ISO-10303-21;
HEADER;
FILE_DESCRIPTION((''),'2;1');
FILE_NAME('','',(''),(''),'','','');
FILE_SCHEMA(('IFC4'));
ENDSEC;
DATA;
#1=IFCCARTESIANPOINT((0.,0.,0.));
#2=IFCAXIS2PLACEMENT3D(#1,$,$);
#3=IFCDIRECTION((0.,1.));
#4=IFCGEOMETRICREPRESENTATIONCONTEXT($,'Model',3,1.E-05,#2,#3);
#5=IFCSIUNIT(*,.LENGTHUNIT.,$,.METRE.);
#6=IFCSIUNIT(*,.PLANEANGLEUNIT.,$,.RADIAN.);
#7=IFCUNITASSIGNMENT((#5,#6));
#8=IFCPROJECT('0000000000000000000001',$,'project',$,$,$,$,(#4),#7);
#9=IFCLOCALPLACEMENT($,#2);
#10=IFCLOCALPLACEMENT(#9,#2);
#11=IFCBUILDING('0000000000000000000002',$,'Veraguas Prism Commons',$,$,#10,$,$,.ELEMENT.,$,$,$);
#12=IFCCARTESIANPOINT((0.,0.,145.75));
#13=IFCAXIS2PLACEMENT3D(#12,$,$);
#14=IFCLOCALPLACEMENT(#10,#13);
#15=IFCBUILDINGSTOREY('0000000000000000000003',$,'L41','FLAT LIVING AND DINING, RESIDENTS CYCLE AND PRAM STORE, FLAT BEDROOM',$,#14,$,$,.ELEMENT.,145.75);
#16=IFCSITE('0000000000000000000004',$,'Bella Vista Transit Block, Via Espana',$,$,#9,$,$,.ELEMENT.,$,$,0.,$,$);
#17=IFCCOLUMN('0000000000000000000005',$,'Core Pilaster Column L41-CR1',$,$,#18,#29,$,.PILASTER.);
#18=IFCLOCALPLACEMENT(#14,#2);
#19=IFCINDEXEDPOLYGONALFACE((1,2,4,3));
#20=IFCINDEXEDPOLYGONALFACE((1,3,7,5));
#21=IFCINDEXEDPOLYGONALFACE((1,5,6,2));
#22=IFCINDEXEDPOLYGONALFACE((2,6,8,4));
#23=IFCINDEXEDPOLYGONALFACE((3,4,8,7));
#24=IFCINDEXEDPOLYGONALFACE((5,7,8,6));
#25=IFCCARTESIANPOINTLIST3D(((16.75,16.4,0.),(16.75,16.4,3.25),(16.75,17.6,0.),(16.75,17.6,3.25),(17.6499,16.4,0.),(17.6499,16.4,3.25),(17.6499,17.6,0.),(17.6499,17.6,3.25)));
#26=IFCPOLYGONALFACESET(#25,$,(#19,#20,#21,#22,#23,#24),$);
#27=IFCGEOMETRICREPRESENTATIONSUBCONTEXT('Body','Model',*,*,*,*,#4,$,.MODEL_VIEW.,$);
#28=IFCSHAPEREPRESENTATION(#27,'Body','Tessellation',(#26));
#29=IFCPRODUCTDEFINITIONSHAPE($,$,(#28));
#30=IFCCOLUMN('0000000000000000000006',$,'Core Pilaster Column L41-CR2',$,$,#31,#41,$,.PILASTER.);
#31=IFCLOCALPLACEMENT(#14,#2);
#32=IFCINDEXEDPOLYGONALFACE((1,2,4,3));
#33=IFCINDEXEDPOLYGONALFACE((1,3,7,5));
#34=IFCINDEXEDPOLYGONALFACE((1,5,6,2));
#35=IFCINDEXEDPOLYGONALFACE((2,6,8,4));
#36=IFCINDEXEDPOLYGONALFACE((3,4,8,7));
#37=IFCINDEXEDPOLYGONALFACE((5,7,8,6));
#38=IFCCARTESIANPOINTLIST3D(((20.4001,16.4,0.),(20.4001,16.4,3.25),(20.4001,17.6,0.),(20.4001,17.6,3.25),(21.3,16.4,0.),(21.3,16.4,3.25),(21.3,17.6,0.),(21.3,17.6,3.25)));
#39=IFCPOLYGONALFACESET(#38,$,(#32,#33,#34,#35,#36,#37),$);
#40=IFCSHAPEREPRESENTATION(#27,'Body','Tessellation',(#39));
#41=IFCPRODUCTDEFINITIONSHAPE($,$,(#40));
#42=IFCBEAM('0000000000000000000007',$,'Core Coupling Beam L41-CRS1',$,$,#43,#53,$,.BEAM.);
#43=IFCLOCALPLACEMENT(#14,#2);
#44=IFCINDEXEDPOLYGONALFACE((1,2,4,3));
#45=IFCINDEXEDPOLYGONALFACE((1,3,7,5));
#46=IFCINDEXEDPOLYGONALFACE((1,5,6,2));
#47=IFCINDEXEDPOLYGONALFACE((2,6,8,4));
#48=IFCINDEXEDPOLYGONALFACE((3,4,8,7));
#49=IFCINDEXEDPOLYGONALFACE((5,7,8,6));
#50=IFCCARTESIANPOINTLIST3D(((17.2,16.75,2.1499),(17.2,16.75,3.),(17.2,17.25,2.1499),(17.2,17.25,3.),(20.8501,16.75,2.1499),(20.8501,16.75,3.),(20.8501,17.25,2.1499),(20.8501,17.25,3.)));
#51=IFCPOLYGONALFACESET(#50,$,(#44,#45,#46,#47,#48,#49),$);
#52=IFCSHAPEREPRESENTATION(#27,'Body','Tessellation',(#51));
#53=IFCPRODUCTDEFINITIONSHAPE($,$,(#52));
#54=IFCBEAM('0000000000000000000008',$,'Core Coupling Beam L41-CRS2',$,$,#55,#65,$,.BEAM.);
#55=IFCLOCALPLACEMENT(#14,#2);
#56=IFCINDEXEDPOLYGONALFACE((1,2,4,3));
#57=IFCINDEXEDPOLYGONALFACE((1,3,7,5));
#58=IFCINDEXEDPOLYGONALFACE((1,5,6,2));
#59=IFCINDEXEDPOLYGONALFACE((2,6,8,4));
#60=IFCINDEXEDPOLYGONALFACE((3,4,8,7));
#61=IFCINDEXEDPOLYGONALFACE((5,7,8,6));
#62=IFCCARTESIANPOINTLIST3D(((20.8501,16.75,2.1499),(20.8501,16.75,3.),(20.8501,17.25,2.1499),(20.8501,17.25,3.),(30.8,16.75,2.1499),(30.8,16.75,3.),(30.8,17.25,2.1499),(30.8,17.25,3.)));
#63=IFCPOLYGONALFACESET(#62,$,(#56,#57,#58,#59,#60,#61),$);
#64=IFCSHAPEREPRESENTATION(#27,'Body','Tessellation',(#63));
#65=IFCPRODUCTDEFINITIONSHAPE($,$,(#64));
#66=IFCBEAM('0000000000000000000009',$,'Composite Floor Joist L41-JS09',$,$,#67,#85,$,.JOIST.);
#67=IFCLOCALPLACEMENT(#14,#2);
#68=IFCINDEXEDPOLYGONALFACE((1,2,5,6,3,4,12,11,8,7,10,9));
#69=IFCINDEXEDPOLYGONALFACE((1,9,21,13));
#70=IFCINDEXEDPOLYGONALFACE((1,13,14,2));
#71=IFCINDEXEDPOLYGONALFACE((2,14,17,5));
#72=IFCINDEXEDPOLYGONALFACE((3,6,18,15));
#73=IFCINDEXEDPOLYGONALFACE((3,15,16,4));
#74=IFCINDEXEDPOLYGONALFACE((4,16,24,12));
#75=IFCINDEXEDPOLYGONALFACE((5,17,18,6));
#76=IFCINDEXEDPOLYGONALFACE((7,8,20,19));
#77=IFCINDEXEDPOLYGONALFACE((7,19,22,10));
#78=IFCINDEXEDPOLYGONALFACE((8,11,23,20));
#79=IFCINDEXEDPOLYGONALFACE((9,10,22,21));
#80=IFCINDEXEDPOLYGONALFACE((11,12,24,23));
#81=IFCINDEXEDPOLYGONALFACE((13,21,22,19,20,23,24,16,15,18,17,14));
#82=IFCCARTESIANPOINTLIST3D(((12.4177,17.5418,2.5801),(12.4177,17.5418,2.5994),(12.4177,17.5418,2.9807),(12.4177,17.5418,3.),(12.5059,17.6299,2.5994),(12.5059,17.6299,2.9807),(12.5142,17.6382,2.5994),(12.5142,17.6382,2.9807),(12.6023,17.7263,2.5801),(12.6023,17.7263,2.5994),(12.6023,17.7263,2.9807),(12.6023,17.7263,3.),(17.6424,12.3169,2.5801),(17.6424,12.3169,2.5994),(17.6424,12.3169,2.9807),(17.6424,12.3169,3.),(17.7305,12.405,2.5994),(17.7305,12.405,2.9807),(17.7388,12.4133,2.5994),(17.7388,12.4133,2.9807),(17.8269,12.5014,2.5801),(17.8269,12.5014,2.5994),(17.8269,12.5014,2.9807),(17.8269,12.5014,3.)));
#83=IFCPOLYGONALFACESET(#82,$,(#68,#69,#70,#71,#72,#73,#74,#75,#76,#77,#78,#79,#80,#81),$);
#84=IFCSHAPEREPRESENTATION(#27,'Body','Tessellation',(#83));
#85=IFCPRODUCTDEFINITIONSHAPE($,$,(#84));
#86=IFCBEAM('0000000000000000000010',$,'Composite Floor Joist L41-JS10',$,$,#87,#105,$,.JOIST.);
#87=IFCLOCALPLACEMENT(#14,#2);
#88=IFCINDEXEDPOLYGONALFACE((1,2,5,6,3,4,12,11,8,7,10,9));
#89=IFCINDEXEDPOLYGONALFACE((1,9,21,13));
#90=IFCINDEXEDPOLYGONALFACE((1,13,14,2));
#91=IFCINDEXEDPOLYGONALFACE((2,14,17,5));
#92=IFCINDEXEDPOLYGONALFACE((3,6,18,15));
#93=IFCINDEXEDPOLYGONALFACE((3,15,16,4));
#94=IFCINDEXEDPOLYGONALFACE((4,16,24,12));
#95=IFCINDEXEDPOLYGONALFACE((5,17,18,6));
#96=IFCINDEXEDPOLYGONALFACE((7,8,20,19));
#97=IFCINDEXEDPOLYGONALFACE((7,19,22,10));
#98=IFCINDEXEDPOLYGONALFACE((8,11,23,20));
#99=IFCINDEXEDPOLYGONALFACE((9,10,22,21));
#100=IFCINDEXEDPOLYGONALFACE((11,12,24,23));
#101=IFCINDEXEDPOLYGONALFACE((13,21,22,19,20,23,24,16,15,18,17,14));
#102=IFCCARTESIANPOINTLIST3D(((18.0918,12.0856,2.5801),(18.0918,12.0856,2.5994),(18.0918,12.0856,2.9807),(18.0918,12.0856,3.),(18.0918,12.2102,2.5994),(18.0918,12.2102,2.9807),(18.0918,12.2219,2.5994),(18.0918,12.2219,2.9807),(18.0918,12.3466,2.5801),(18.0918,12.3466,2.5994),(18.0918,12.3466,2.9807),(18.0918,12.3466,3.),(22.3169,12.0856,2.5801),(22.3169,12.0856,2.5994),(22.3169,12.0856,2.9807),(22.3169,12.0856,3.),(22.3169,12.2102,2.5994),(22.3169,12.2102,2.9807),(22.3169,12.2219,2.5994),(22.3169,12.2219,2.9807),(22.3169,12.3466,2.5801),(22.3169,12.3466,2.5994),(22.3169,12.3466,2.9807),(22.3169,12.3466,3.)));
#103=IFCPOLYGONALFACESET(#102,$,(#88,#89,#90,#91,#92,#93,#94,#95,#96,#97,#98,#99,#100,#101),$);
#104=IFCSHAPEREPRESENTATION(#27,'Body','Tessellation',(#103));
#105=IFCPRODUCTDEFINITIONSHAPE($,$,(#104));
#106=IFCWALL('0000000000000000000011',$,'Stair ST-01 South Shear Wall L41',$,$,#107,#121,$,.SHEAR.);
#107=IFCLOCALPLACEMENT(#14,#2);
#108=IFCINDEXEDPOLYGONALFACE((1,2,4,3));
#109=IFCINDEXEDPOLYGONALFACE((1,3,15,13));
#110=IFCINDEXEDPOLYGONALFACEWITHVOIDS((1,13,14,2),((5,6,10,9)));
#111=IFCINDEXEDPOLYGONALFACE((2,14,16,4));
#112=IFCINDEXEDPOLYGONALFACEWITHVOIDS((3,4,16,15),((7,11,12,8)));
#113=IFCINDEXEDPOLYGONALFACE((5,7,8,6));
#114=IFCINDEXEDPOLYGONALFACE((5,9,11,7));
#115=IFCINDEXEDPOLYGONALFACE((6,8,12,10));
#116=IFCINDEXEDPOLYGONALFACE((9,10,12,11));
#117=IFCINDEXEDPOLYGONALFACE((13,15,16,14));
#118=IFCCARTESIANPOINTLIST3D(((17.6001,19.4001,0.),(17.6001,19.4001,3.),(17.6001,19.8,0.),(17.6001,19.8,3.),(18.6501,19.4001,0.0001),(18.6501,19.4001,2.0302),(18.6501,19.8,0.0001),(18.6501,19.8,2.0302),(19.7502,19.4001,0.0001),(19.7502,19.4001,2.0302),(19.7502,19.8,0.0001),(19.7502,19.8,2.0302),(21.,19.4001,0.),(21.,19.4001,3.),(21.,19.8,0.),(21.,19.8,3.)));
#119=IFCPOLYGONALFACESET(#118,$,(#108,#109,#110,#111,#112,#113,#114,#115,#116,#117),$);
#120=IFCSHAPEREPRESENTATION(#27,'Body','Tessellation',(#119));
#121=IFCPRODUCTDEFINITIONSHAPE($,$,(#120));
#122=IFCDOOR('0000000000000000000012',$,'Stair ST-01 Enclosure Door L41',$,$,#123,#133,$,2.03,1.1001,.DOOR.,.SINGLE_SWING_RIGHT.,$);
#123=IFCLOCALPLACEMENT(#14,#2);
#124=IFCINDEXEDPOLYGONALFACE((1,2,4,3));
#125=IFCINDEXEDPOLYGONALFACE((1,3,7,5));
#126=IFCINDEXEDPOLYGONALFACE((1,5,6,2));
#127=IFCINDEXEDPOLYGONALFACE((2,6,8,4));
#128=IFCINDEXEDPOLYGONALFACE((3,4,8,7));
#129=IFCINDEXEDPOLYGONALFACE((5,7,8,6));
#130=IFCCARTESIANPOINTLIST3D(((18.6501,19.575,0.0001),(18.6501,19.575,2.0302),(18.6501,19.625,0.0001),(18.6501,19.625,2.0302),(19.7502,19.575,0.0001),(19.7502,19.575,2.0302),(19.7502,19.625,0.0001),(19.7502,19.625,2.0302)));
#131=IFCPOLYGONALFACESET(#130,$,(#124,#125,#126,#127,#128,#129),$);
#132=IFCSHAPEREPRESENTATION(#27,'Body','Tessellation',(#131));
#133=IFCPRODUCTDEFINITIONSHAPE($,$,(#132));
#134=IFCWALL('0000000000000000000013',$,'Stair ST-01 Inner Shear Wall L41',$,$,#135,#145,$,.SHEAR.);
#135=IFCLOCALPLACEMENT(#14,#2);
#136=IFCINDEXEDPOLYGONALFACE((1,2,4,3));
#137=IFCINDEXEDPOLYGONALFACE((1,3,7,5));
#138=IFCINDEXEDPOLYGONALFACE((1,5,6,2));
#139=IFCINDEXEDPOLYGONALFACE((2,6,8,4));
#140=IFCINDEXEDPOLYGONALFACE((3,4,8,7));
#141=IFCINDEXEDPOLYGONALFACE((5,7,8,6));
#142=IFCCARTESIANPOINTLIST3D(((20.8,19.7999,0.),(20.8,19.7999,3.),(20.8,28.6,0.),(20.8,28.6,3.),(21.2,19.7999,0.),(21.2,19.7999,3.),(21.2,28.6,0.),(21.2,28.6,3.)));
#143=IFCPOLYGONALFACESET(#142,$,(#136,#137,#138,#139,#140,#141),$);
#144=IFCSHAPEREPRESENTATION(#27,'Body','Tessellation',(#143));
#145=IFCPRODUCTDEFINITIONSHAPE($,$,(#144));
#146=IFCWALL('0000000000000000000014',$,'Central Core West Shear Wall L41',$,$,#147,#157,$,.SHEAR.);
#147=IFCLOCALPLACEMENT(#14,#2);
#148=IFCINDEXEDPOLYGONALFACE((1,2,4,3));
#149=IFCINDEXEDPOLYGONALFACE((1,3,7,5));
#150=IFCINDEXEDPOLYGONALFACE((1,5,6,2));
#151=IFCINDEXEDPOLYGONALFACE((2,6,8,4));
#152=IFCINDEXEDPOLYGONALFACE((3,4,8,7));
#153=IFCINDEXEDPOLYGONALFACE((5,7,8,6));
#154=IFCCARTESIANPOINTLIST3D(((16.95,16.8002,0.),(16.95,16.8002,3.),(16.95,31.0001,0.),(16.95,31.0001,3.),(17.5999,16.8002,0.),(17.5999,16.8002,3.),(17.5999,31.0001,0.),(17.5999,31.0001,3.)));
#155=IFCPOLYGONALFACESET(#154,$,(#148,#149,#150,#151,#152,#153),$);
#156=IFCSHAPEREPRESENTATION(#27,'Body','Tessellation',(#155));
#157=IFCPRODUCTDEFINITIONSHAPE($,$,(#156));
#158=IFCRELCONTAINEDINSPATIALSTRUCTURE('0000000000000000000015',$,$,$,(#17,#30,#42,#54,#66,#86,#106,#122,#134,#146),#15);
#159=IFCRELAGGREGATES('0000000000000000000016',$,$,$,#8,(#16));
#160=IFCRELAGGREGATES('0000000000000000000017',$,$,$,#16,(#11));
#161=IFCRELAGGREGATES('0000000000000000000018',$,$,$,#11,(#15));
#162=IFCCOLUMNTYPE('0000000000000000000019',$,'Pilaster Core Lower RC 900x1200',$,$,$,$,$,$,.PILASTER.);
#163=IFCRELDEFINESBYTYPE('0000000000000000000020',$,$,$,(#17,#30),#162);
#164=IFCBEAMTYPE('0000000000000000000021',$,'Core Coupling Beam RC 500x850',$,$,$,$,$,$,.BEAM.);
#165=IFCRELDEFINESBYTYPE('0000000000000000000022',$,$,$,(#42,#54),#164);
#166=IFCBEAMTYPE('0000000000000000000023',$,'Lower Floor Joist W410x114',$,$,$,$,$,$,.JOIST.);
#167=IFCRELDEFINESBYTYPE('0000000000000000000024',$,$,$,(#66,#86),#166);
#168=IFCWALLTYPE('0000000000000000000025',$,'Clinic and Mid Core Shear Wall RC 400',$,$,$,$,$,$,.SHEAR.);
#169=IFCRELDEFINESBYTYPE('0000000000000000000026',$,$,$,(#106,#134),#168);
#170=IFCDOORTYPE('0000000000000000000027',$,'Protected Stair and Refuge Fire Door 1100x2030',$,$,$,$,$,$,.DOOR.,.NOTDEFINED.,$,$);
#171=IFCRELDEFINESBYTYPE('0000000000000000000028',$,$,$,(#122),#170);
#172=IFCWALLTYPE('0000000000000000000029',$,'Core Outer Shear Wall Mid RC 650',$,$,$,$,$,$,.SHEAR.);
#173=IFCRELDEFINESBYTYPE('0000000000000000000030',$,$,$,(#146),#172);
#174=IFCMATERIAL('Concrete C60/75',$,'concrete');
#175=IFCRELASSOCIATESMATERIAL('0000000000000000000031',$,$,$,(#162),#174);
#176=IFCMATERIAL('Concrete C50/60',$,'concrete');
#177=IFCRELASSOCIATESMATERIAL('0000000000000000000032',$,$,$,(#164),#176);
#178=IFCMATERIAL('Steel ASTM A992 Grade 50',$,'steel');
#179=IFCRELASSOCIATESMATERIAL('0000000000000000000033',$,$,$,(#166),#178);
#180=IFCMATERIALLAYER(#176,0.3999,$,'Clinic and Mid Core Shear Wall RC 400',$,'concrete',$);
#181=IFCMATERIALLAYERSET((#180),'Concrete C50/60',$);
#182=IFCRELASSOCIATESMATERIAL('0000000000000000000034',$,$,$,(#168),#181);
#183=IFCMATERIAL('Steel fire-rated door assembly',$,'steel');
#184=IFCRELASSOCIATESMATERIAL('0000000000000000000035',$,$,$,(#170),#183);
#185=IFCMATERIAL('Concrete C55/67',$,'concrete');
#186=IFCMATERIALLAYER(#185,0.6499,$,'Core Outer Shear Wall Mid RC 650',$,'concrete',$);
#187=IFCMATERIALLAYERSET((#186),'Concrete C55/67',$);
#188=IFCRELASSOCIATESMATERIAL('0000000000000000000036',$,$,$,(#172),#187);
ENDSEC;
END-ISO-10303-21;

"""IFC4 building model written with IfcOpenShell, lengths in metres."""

from ifc_helpers import new_model, si_unit, direction, frame, frame_2d, origin, origin_2d, place, context, subcontext, project, spatial, rectangle, i_section, extrude, source, transform, mapped, material, layer, layer_set, material_profile, profile_set, type_object, element, fill, save


model = new_model("IFC4")

# Units and contexts
model_context = context("Model", 3, precision=1e-05, world=origin(), true_north=direction((0.0, 1.0)))
body_context = subcontext(model_context, "Body", "Model", "MODEL_VIEW")
ifc_project = project(units=[si_unit("LENGTHUNIT", "METRE"), si_unit("PLANEANGLEUNIT", "RADIAN")], contexts=[model_context])

# Site, building, storey
site_placement = place(None, origin())
site = spatial("IfcSite", under=ifc_project, at=site_placement, Name="Bella Vista Transit Block, Via Espana", CompositionType="ELEMENT", RefElevation=0.0)
building_placement = place(site_placement, origin())
building = spatial("IfcBuilding", under=site, at=building_placement, Name="Veraguas Prism Commons", CompositionType="ELEMENT")
storey_placement = place(building_placement, frame((0.0, 0.0, 145.75)))
storey = spatial("IfcBuildingStorey", under=building, at=storey_placement, Name="L41", Description="FLAT LIVING AND DINING, RESIDENTS CYCLE AND PRAM STORE, FLAT BEDROOM", CompositionType="ELEMENT", Elevation=145.75)

# Columns
ifc_material_1 = material(Name="Concrete C60/75", Category="concrete")
ifc_material_profile_1 = material_profile(ifc_material_1, rectangle(XDim=0.8999, YDim=1.2, at=origin_2d()), Name="RC900X1200")
ifc_profile_set_1 = profile_set([ifc_material_profile_1], Name="Concrete C60/75")
column_type = type_object("IfcColumnType", Name="Pilaster Core Lower RC 900x1200", PredefinedType="PILASTER", material=ifc_profile_set_1)
for number, where, z_axis, x_axis, name in (
    (1, (17.2, 17.0, 0.0), (0.0, 0.0, 1.0), (1.0, 0.0, 0.0), "Core Pilaster Column L41-CR1"),
    (2, (20.8501, 17.0, 0.0), (0.0, 0.0, 1.0), (1.0, 0.0, 0.0), "Core Pilaster Column L41-CR2"),
):
    element("IfcColumn", number, at=place(storey_placement, frame(where, z_axis=z_axis, x_axis=x_axis)), inside=storey, type_object=column_type, Name=name, PredefinedType="PILASTER", context=body_context, shape_type="SweptSolid", body=[
        extrude(rectangle(XDim=0.8999, YDim=1.2, at=origin_2d()), origin(), (0.0, 0.0, 1.0), 3.25),
    ])

# Beams
ifc_material_2 = material(Name="Concrete C50/60", Category="concrete")
ifc_material_profile_2 = material_profile(ifc_material_2, rectangle(XDim=0.5, YDim=0.8501, at=origin_2d()), Name="RC500X850")
ifc_profile_set_2 = profile_set([ifc_material_profile_2], Name="Concrete C50/60")
beam_type_1 = type_object("IfcBeamType", Name="Core Coupling Beam RC 500x850", PredefinedType="BEAM", material=ifc_profile_set_2)
beam_1_placement = place(storey_placement, frame((17.2, 17.0, 2.575), z_axis=(1.0, 0.0, 0.0), x_axis=(0.0, 1.0, 0.0)))
element("IfcBeam", 3, at=beam_1_placement, inside=storey, type_object=beam_type_1, Name="Core Coupling Beam L41-CRS1", PredefinedType="BEAM", context=body_context, shape_type="SweptSolid", body=[
    extrude(rectangle(XDim=0.5, YDim=0.8501, at=origin_2d()), origin(), (0.0, 0.0, 1.0), 3.6501),
])
beam_2_placement = place(storey_placement, frame((20.8501, 17.0, 2.575), z_axis=(1.0, 0.0, 0.0), x_axis=(0.0, 1.0, 0.0)))
element("IfcBeam", 4, at=beam_2_placement, inside=storey, type_object=beam_type_1, Name="Core Coupling Beam L41-CRS2", PredefinedType="BEAM", context=body_context, shape_type="SweptSolid", body=[
    extrude(rectangle(XDim=0.5, YDim=0.8501, at=origin_2d()), origin(), (0.0, 0.0, 1.0), 9.95),
])
ifc_material_3 = material(Name="Steel ASTM A992 Grade 50", Category="steel")
ifc_material_profile_3 = material_profile(ifc_material_3, i_section(OverallWidth=0.261, OverallDepth=0.4199, WebThickness=0.0117, FlangeThickness=0.0193, at=origin_2d()), Name="W410X114")
ifc_profile_set_3 = profile_set([ifc_material_profile_3], Name="Steel ASTM A992 Grade 50")
beam_type_2 = type_object("IfcBeamType", Name="Lower Floor Joist W410x114", PredefinedType="JOIST", material=ifc_profile_set_3)
beam_3_placement = place(storey_placement, frame((12.51, 17.634, 2.79), z_axis=(0.70709, -0.707123, 0.0), x_axis=(0.707123, 0.70709, 0.0)))
element("IfcBeam", 5, at=beam_3_placement, inside=storey, type_object=beam_type_2, Name="Composite Floor Joist L41-JS09", PredefinedType="JOIST", context=body_context, shape_type="SweptSolid", body=[
    extrude(i_section(OverallWidth=0.261, OverallDepth=0.4199, WebThickness=0.0117, FlangeThickness=0.0193, at=origin_2d()), origin(), (0.0, 0.0, 1.0), 7.3889),
])
beam_4_placement = place(storey_placement, frame((18.0918, 12.2161, 2.79), z_axis=(1.0, 0.0, 0.0), x_axis=(0.0, 1.0, 0.0)))
element("IfcBeam", 6, at=beam_4_placement, inside=storey, type_object=beam_type_2, Name="Composite Floor Joist L41-JS10", PredefinedType="JOIST", context=body_context, shape_type="SweptSolid", body=[
    extrude(i_section(OverallWidth=0.261, OverallDepth=0.4199, WebThickness=0.0117, FlangeThickness=0.0193, at=origin_2d()), origin(), (0.0, 0.0, 1.0), 4.2251),
])

# Wall, opening, door
ifc_layer_1 = layer(ifc_material_2, 0.3999, Name="Clinic and Mid Core Shear Wall RC 400", Category="concrete")
ifc_layer_set_1 = layer_set([ifc_layer_1], Name="Concrete C50/60")
wall_type_1 = type_object("IfcWallType", Name="Clinic and Mid Core Shear Wall RC 400", PredefinedType="SHEAR", material=ifc_layer_set_1)
wall_1_placement = place(storey_placement, frame((17.6001, 19.6001, 0.0), z_axis=(0.0, 0.0, 1.0), x_axis=(1.0, 0.0, 0.0)))
wall_1 = element("IfcWall", 7, at=wall_1_placement, inside=storey, type_object=wall_type_1, Name="Stair ST-01 South Shear Wall L41", PredefinedType="SHEAR", context=body_context, shape_type="SweptSolid", body=[
    extrude(rectangle(XDim=3.3999, YDim=0.3999, at=frame_2d((1.7, 0.0))), origin(), (0.0, 0.0, 1.0), 3.0),
])
opening_1_placement = place(wall_1_placement, frame((1.05, 0.0, 0.0)))
opening_1 = element("IfcOpeningElement", 8, at=opening_1_placement, cuts=wall_1, PredefinedType="OPENING", context=body_context, shape_type="SweptSolid", body=[
    extrude(rectangle(XDim=1.1001, YDim=2.03, at=frame_2d((0.55, 1.0151))), frame((0.0, 0.21, 0.0), z_axis=(0.0, -1.0, 0.0), x_axis=(1.0, 0.0, 0.0)), (0.0, 0.0, 1.0), 0.4199),
])
ifc_material_4 = material(Name="Steel fire-rated door assembly", Category="steel")
door_type_1 = type_object("IfcDoorType", Name="Protected Stair and Refuge Fire Door 1100x2030", OperationType="NOTDEFINED", PredefinedType="DOOR", material=ifc_material_4)
shared_shape_1 = source(origin(), body_context, "Body", "SweptSolid", [
    extrude(rectangle(XDim=1.1001, YDim=2.03, at=frame_2d((0.55, 1.0151))), frame((0.0, 0.0249, 0.0), z_axis=(0.0, -1.0, 0.0), x_axis=(1.0, 0.0, 0.0)), (0.0, 0.0, 1.0), 0.05),
])
door_1_placement = place(opening_1_placement, origin())
door_1 = element("IfcDoor", 9, at=door_1_placement, inside=storey, type_object=door_type_1, Name="Stair ST-01 Enclosure Door L41", OperationType="SINGLE_SWING_RIGHT", OverallHeight=2.03, OverallWidth=1.1001, PredefinedType="DOOR", context=body_context, shape_type="MappedRepresentation", body=[
    mapped(shared_shape_1, transform((0.0, 0.0, 0.0), scale=1.0)),
])
fill(opening_1, door_1)

# Walls
wall_2_placement = place(storey_placement, frame((21.0, 19.8, 0.0), z_axis=(0.0, 0.0, 1.0), x_axis=(0.0, 1.0, 0.0)))
element("IfcWall", 10, at=wall_2_placement, inside=storey, type_object=wall_type_1, Name="Stair ST-01 Inner Shear Wall L41", PredefinedType="SHEAR", context=body_context, shape_type="SweptSolid", body=[
    extrude(rectangle(XDim=8.8, YDim=0.3999, at=frame_2d((4.3999, 0.0))), origin(), (0.0, 0.0, 1.0), 3.0),
])
ifc_material_5 = material(Name="Concrete C55/67", Category="concrete")
ifc_layer_2 = layer(ifc_material_5, 0.6499, Name="Core Outer Shear Wall Mid RC 650", Category="concrete")
ifc_layer_set_2 = layer_set([ifc_layer_2], Name="Concrete C55/67")
wall_type_2 = type_object("IfcWallType", Name="Core Outer Shear Wall Mid RC 650", PredefinedType="SHEAR", material=ifc_layer_set_2)
wall_3_placement = place(storey_placement, frame((17.2749, 16.8, 0.0), z_axis=(0.0, 0.0, 1.0), x_axis=(0.0, 1.0, 0.0)))
element("IfcWall", 11, at=wall_3_placement, inside=storey, type_object=wall_type_2, Name="Central Core West Shear Wall L41", PredefinedType="SHEAR", context=body_context, shape_type="SweptSolid", body=[
    extrude(rectangle(XDim=14.2, YDim=0.6499, at=frame_2d((7.1001, 0.0))), origin(), (0.0, 0.0, 1.0), 3.0),
])

save(model, "model.ifc")
